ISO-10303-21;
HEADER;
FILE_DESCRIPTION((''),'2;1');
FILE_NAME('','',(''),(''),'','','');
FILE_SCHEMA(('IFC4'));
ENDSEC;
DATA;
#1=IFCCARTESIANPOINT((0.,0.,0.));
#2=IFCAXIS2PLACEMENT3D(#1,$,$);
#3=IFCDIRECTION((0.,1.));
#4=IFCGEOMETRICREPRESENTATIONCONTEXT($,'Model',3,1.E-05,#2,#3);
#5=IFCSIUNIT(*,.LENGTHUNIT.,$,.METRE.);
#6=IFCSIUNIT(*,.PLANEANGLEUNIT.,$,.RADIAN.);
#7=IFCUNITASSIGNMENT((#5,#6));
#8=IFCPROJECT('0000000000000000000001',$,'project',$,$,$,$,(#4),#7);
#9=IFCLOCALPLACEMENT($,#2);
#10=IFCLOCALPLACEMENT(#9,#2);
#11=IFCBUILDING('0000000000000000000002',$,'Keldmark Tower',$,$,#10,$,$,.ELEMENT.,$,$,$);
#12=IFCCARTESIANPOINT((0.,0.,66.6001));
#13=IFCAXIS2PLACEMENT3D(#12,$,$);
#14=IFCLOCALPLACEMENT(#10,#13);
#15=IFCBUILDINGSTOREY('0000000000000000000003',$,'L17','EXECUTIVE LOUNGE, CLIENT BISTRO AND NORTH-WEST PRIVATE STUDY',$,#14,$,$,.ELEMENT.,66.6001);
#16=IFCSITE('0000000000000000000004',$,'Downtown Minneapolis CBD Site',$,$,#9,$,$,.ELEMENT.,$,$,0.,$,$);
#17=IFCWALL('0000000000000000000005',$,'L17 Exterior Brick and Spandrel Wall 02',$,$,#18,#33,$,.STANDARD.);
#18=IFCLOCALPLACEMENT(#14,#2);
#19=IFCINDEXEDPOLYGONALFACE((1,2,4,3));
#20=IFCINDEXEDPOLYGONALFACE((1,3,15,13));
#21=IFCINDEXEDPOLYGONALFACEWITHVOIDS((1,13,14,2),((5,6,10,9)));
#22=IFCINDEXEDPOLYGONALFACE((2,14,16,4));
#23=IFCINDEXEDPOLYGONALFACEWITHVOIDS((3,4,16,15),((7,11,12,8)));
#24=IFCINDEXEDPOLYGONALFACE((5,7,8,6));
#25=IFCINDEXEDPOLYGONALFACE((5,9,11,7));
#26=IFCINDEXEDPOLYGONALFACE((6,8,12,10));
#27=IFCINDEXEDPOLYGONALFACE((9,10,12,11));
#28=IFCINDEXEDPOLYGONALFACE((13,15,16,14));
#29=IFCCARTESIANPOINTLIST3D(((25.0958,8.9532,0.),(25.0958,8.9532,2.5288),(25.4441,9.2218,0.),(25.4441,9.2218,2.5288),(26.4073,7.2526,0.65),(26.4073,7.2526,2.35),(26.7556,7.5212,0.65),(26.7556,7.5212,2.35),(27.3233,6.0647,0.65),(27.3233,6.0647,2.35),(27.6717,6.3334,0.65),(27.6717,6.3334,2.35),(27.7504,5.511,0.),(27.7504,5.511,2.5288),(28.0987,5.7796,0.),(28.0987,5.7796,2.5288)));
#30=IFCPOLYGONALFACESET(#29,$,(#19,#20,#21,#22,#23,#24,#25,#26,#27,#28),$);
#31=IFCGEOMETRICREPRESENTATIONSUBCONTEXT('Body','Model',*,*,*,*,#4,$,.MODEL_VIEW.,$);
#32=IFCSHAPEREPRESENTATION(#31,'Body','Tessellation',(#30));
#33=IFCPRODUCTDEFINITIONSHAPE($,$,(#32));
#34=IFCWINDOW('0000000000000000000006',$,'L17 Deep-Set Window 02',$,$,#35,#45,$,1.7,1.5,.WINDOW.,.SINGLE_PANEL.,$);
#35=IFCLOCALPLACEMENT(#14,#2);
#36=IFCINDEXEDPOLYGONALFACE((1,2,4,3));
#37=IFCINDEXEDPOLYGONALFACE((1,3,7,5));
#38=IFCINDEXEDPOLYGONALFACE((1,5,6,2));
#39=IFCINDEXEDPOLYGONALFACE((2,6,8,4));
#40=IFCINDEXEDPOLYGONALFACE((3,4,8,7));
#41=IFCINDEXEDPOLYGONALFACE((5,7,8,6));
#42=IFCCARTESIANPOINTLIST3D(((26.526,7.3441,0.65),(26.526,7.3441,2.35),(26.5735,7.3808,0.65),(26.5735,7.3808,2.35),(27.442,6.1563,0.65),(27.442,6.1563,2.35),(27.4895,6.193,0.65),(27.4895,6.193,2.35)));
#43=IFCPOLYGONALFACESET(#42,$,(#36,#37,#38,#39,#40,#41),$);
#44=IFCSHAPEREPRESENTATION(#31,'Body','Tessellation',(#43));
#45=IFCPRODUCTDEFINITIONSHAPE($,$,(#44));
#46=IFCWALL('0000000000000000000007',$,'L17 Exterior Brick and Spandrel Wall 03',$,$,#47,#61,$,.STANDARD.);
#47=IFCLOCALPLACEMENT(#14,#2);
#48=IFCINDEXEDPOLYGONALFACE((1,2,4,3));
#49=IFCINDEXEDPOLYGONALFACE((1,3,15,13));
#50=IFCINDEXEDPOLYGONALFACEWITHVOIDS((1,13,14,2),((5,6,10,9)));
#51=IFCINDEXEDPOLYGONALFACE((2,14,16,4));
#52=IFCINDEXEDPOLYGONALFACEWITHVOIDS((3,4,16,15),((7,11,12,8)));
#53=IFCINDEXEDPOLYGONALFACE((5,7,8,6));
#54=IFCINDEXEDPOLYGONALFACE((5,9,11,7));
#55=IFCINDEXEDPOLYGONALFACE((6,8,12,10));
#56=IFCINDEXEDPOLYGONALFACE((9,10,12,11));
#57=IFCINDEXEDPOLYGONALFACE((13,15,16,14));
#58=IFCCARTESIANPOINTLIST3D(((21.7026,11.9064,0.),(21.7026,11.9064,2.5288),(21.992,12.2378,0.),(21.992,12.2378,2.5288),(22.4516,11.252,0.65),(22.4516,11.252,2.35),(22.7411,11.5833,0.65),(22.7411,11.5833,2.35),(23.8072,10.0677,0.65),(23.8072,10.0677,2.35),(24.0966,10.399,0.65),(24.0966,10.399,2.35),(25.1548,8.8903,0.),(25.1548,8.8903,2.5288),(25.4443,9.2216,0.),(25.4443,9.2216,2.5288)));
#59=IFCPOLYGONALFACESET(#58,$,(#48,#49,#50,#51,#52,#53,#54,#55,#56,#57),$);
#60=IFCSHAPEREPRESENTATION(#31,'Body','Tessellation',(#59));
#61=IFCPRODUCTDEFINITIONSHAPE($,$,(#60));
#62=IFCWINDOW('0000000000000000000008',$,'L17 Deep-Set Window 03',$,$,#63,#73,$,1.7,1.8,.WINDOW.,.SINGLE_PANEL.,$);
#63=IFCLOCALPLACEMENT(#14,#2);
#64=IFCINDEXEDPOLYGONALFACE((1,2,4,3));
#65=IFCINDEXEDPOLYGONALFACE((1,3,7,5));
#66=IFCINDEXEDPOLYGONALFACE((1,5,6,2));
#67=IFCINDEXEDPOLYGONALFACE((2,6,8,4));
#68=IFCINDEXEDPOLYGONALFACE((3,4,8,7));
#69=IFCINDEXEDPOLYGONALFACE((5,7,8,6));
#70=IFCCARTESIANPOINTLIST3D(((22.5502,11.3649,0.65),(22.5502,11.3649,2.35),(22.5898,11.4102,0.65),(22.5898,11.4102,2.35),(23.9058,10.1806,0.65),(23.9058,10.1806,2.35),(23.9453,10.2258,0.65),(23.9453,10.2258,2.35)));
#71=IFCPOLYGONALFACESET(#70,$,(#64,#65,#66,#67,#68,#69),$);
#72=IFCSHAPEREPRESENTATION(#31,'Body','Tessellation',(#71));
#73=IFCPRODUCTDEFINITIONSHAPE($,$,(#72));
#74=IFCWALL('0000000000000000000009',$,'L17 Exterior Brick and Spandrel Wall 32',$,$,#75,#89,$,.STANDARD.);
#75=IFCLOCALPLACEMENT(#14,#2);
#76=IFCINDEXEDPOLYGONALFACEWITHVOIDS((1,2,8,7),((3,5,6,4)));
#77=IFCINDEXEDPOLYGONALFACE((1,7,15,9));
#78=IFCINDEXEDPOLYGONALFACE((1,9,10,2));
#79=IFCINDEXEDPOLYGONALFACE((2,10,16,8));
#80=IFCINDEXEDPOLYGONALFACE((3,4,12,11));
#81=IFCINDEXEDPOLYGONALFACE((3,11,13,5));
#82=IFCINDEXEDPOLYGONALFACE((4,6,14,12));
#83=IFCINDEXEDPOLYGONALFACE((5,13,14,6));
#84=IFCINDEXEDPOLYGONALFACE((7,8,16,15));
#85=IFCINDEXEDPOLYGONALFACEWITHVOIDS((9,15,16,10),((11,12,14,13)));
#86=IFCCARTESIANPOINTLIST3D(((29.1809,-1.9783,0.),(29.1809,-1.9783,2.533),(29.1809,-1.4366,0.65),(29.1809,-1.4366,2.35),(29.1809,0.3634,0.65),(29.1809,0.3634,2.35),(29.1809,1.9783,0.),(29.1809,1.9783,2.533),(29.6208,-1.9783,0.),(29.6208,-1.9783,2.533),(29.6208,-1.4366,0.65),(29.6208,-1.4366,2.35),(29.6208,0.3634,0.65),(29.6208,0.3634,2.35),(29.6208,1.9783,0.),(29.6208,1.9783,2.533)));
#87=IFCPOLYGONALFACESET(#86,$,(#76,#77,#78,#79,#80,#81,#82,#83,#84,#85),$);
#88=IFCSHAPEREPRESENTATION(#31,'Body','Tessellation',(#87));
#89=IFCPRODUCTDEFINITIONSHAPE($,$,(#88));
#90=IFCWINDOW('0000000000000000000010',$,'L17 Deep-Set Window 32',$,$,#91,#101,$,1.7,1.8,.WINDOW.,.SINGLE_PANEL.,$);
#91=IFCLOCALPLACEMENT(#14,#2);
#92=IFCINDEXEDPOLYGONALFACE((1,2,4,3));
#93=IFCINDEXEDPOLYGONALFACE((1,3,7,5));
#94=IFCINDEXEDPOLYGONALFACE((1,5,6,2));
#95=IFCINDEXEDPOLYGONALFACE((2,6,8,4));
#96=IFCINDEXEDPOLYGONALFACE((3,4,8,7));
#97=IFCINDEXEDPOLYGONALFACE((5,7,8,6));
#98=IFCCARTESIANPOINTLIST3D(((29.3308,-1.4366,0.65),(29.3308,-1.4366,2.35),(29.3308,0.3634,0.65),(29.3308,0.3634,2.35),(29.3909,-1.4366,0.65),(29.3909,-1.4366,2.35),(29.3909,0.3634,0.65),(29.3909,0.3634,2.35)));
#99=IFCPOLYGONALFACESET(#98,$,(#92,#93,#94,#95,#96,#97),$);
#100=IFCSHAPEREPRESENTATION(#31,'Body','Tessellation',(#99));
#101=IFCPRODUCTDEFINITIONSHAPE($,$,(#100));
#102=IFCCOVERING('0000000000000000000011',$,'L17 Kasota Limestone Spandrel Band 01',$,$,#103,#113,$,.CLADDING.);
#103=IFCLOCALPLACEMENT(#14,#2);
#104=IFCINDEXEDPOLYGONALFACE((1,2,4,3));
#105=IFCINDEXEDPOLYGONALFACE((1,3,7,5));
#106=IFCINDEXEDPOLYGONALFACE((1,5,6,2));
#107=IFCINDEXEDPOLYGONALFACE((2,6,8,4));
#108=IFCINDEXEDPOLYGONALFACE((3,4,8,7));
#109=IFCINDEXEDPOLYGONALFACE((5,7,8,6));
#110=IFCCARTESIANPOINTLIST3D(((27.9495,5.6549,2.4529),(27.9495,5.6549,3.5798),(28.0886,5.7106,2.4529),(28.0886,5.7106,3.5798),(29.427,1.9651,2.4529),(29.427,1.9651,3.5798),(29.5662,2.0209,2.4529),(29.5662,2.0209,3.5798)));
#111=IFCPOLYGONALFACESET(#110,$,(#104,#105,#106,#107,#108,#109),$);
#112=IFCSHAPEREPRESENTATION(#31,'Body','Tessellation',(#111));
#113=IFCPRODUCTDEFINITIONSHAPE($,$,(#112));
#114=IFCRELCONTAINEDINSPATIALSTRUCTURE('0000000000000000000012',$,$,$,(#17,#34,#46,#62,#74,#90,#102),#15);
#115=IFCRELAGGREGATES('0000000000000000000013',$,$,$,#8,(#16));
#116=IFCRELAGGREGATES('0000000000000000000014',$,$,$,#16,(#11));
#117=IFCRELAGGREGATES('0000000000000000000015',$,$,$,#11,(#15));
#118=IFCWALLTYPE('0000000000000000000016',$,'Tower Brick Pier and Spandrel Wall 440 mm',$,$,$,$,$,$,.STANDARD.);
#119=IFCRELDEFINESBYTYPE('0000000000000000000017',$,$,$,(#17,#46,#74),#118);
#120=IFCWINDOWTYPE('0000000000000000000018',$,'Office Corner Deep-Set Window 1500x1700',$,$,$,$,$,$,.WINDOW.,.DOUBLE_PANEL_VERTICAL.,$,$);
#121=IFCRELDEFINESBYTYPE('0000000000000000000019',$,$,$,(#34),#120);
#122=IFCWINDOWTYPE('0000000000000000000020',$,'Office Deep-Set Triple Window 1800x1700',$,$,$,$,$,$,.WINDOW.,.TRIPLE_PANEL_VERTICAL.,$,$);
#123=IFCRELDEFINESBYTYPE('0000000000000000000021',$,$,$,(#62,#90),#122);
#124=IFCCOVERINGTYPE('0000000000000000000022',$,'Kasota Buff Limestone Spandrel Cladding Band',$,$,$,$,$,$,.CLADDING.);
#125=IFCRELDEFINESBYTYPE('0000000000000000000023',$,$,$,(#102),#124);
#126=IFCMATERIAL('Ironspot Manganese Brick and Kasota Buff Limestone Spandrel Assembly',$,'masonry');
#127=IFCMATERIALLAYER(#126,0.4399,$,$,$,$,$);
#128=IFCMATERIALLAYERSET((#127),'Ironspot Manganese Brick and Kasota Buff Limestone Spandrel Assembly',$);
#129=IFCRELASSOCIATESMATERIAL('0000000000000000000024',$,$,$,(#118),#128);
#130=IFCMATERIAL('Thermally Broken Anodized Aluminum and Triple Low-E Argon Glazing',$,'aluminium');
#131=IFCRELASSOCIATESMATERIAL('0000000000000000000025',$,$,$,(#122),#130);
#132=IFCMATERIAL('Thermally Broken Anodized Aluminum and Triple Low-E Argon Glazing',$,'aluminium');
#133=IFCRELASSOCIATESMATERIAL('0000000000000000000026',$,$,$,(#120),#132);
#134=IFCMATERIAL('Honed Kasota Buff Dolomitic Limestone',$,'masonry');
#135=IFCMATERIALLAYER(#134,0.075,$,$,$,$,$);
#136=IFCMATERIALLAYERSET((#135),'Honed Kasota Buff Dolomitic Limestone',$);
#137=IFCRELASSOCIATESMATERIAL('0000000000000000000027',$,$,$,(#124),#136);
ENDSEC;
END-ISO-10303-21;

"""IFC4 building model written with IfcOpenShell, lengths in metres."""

from ifc_helpers import new_model, si_unit, direction, frame, frame_2d, origin, origin_2d, place, context, subcontext, project, spatial, rectangle, extrude, material, layer, layer_set, type_object, element, fill, save


model = new_model("IFC4")

# Units and contexts
model_context = context("Model", 3, precision=1e-05, world=origin(), true_north=direction((0.0, 1.0)))
body_context = subcontext(model_context, "Body", "Model", "MODEL_VIEW")
ifc_project = project(units=[si_unit("LENGTHUNIT", "METRE"), si_unit("PLANEANGLEUNIT", "RADIAN")], contexts=[model_context])

# Site, building, storey
site_placement = place(None, origin())
site = spatial("IfcSite", under=ifc_project, at=site_placement, Name="Downtown Minneapolis CBD Site", CompositionType="ELEMENT", RefElevation=0.0)
building_placement = place(site_placement, origin())
building = spatial("IfcBuilding", under=site, at=building_placement, Name="Keldmark Tower", CompositionType="ELEMENT")
storey_placement = place(building_placement, frame((0.0, 0.0, 66.6001)))
storey = spatial("IfcBuildingStorey", under=building, at=storey_placement, Name="L17", Description="EXECUTIVE LOUNGE, CLIENT BISTRO AND NORTH-WEST PRIVATE STUDY", CompositionType="ELEMENT", Elevation=66.6001)

# Walls, openings, windows
ifc_material_1 = material(Name="Ironspot Manganese Brick and Kasota Buff Limestone Spandrel Assembly", Category="masonry")
ifc_layer_1 = layer(ifc_material_1, 0.4399)
ifc_layer_set_1 = layer_set([ifc_layer_1], Name="Ironspot Manganese Brick and Kasota Buff Limestone Spandrel Assembly")
wall_type = type_object("IfcWallType", Name="Tower Brick Pier and Spandrel Wall 440 mm", PredefinedType="STANDARD", material=ifc_layer_set_1)
ifc_material_2 = material(Name="Thermally Broken Anodized Aluminum and Triple Low-E Argon Glazing", Category="aluminium")
window_type_1 = type_object("IfcWindowType", Name="Office Deep-Set Triple Window 1800x1700", PartitioningType="TRIPLE_PANEL_VERTICAL", PredefinedType="WINDOW", material=ifc_material_2)
wall_1_placement = place(storey_placement, frame((25.27, 9.0874, 0.0), z_axis=(0.0, 0.0, 1.0), x_axis=(0.610685, -0.791874, 0.0)))
wall_1 = element("IfcWall", 1, at=wall_1_placement, inside=storey, type_object=wall_type, Name="L17 Exterior Brick and Spandrel Wall 02", PredefinedType="STANDARD", context=body_context, shape_type="SweptSolid", body=[
    extrude(rectangle(XDim=4.3469, YDim=0.4399, at=frame_2d((2.1733, 0.0))), origin(), (0.0, 0.0, 1.0), 2.5288),
])
opening_1_placement = place(wall_1_placement, frame((2.1475, 0.0, 0.6499)))
opening_1 = element("IfcOpeningElement", 2, at=opening_1_placement, cuts=wall_1, PredefinedType="OPENING", context=body_context, shape_type="SweptSolid", body=[
    extrude(rectangle(XDim=1.5, YDim=1.7, at=frame_2d((0.75, 0.8501))), frame((0.0, 0.23, 0.0), z_axis=(0.0, -1.0, 0.0), x_axis=(1.0, 0.0, 0.0)), (0.0, 0.0, 1.0), 0.46),
])
ifc_material_3 = material(Name="Thermally Broken Anodized Aluminum and Triple Low-E Argon Glazing", Category="aluminium")
window_type_2 = type_object("IfcWindowType", Name="Office Corner Deep-Set Window 1500x1700", PartitioningType="DOUBLE_PANEL_VERTICAL", PredefinedType="WINDOW", material=ifc_material_3)
window_1_placement = place(opening_1_placement, origin())
window_1 = element("IfcWindow", 3, at=window_1_placement, inside=storey, type_object=window_type_2, Name="L17 Deep-Set Window 02", OverallHeight=1.7, OverallWidth=1.5, PartitioningType="SINGLE_PANEL", PredefinedType="WINDOW", context=body_context, shape_type="SweptSolid", body=[
    extrude(rectangle(XDim=1.5, YDim=1.7, at=frame_2d((0.75, 0.8501))), frame((0.0, -0.01, 0.0), z_axis=(0.0, -1.0, 0.0), x_axis=(1.0, 0.0, 0.0)), (0.0, 0.0, 1.0), 0.0601),
])
fill(opening_1, window_1)
wall_2_placement = place(storey_placement, frame((21.8474, 12.072, 0.0), z_axis=(0.0, 0.0, 1.0), x_axis=(0.753065, -0.657946, 0.0)))
wall_2 = element("IfcWall", 4, at=wall_2_placement, inside=storey, type_object=wall_type, Name="L17 Exterior Brick and Spandrel Wall 03", PredefinedType="STANDARD", context=body_context, shape_type="SweptSolid", body=[
    extrude(rectangle(XDim=4.5842, YDim=0.4399, at=frame_2d((2.292, 0.0))), origin(), (0.0, 0.0, 1.0), 2.5288),
])
opening_2_placement = place(wall_2_placement, frame((0.9946, 0.0, 0.6499)))
opening_2 = element("IfcOpeningElement", 5, at=opening_2_placement, cuts=wall_2, PredefinedType="OPENING", context=body_context, shape_type="SweptSolid", body=[
    extrude(rectangle(XDim=1.8, YDim=1.7, at=frame_2d((0.8999, 0.8501))), frame((0.0, 0.23, 0.0), z_axis=(0.0, -1.0, 0.0), x_axis=(1.0, 0.0, 0.0)), (0.0, 0.0, 1.0), 0.46),
])
window_2_placement = place(opening_2_placement, origin())
window_2 = element("IfcWindow", 6, at=window_2_placement, inside=storey, type_object=window_type_1, Name="L17 Deep-Set Window 03", OverallHeight=1.7, OverallWidth=1.8, PartitioningType="SINGLE_PANEL", PredefinedType="WINDOW", context=body_context, shape_type="SweptSolid", body=[
    extrude(rectangle(XDim=1.8, YDim=1.7, at=frame_2d((0.8999, 0.8501))), frame((0.0, -0.01, 0.0), z_axis=(0.0, -1.0, 0.0), x_axis=(1.0, 0.0, 0.0)), (0.0, 0.0, 1.0), 0.0601),
])
fill(opening_2, window_2)
wall_3_placement = place(storey_placement, frame((29.4009, 1.9783, 0.0), z_axis=(0.0, 0.0, 1.0), x_axis=(0.0, -1.0, 0.0)))
wall_3 = element("IfcWall", 7, at=wall_3_placement, inside=storey, type_object=wall_type, Name="L17 Exterior Brick and Spandrel Wall 32", PredefinedType="STANDARD", context=body_context, shape_type="SweptSolid", body=[
    extrude(rectangle(XDim=3.9565, YDim=0.4399, at=frame_2d((1.9783, 0.0))), origin(), (0.0, 0.0, 1.0), 2.533),
])
opening_3_placement = place(wall_3_placement, frame((1.615, 0.0, 0.6499)))
opening_3 = element("IfcOpeningElement", 8, at=opening_3_placement, cuts=wall_3, PredefinedType="OPENING", context=body_context, shape_type="SweptSolid", body=[
    extrude(rectangle(XDim=1.8, YDim=1.7, at=frame_2d((0.8999, 0.8501))), frame((0.0, 0.23, 0.0), z_axis=(0.0, -1.0, 0.0), x_axis=(1.0, 0.0, 0.0)), (0.0, 0.0, 1.0), 0.46),
])
window_3_placement = place(opening_3_placement, origin())
window_3 = element("IfcWindow", 9, at=window_3_placement, inside=storey, type_object=window_type_1, Name="L17 Deep-Set Window 32", OverallHeight=1.7, OverallWidth=1.8, PartitioningType="SINGLE_PANEL", PredefinedType="WINDOW", context=body_context, shape_type="SweptSolid", body=[
    extrude(rectangle(XDim=1.8, YDim=1.7, at=frame_2d((0.8999, 0.8501))), frame((0.0, -0.01, 0.0), z_axis=(0.0, -1.0, 0.0), x_axis=(1.0, 0.0, 0.0)), (0.0, 0.0, 1.0), 0.0601),
])
fill(opening_3, window_3)

# Covering
ifc_material_4 = material(Name="Honed Kasota Buff Dolomitic Limestone", Category="masonry")
ifc_layer_2 = layer(ifc_material_4, 0.075)
ifc_layer_set_2 = layer_set([ifc_layer_2], Name="Honed Kasota Buff Dolomitic Limestone")
covering_type = type_object("IfcCoveringType", Name="Kasota Buff Limestone Spandrel Cladding Band", PredefinedType="CLADDING", material=ifc_layer_set_2)
covering_placement = place(storey_placement, frame((28.7578, 3.8379, 2.4529), z_axis=(0.0, 0.0, 1.0), x_axis=(-0.371741, 0.928337, 0.0)))
element("IfcCovering", 10, at=covering_placement, inside=storey, type_object=covering_type, Name="L17 Kasota Limestone Spandrel Band 01", PredefinedType="CLADDING", context=body_context, shape_type="SweptSolid", body=[
    extrude(rectangle(XDim=3.9746, YDim=0.1499, at=origin_2d()), origin(), (0.0, 0.0, 1.0), 1.127),
])

save(model, "model.ifc")
